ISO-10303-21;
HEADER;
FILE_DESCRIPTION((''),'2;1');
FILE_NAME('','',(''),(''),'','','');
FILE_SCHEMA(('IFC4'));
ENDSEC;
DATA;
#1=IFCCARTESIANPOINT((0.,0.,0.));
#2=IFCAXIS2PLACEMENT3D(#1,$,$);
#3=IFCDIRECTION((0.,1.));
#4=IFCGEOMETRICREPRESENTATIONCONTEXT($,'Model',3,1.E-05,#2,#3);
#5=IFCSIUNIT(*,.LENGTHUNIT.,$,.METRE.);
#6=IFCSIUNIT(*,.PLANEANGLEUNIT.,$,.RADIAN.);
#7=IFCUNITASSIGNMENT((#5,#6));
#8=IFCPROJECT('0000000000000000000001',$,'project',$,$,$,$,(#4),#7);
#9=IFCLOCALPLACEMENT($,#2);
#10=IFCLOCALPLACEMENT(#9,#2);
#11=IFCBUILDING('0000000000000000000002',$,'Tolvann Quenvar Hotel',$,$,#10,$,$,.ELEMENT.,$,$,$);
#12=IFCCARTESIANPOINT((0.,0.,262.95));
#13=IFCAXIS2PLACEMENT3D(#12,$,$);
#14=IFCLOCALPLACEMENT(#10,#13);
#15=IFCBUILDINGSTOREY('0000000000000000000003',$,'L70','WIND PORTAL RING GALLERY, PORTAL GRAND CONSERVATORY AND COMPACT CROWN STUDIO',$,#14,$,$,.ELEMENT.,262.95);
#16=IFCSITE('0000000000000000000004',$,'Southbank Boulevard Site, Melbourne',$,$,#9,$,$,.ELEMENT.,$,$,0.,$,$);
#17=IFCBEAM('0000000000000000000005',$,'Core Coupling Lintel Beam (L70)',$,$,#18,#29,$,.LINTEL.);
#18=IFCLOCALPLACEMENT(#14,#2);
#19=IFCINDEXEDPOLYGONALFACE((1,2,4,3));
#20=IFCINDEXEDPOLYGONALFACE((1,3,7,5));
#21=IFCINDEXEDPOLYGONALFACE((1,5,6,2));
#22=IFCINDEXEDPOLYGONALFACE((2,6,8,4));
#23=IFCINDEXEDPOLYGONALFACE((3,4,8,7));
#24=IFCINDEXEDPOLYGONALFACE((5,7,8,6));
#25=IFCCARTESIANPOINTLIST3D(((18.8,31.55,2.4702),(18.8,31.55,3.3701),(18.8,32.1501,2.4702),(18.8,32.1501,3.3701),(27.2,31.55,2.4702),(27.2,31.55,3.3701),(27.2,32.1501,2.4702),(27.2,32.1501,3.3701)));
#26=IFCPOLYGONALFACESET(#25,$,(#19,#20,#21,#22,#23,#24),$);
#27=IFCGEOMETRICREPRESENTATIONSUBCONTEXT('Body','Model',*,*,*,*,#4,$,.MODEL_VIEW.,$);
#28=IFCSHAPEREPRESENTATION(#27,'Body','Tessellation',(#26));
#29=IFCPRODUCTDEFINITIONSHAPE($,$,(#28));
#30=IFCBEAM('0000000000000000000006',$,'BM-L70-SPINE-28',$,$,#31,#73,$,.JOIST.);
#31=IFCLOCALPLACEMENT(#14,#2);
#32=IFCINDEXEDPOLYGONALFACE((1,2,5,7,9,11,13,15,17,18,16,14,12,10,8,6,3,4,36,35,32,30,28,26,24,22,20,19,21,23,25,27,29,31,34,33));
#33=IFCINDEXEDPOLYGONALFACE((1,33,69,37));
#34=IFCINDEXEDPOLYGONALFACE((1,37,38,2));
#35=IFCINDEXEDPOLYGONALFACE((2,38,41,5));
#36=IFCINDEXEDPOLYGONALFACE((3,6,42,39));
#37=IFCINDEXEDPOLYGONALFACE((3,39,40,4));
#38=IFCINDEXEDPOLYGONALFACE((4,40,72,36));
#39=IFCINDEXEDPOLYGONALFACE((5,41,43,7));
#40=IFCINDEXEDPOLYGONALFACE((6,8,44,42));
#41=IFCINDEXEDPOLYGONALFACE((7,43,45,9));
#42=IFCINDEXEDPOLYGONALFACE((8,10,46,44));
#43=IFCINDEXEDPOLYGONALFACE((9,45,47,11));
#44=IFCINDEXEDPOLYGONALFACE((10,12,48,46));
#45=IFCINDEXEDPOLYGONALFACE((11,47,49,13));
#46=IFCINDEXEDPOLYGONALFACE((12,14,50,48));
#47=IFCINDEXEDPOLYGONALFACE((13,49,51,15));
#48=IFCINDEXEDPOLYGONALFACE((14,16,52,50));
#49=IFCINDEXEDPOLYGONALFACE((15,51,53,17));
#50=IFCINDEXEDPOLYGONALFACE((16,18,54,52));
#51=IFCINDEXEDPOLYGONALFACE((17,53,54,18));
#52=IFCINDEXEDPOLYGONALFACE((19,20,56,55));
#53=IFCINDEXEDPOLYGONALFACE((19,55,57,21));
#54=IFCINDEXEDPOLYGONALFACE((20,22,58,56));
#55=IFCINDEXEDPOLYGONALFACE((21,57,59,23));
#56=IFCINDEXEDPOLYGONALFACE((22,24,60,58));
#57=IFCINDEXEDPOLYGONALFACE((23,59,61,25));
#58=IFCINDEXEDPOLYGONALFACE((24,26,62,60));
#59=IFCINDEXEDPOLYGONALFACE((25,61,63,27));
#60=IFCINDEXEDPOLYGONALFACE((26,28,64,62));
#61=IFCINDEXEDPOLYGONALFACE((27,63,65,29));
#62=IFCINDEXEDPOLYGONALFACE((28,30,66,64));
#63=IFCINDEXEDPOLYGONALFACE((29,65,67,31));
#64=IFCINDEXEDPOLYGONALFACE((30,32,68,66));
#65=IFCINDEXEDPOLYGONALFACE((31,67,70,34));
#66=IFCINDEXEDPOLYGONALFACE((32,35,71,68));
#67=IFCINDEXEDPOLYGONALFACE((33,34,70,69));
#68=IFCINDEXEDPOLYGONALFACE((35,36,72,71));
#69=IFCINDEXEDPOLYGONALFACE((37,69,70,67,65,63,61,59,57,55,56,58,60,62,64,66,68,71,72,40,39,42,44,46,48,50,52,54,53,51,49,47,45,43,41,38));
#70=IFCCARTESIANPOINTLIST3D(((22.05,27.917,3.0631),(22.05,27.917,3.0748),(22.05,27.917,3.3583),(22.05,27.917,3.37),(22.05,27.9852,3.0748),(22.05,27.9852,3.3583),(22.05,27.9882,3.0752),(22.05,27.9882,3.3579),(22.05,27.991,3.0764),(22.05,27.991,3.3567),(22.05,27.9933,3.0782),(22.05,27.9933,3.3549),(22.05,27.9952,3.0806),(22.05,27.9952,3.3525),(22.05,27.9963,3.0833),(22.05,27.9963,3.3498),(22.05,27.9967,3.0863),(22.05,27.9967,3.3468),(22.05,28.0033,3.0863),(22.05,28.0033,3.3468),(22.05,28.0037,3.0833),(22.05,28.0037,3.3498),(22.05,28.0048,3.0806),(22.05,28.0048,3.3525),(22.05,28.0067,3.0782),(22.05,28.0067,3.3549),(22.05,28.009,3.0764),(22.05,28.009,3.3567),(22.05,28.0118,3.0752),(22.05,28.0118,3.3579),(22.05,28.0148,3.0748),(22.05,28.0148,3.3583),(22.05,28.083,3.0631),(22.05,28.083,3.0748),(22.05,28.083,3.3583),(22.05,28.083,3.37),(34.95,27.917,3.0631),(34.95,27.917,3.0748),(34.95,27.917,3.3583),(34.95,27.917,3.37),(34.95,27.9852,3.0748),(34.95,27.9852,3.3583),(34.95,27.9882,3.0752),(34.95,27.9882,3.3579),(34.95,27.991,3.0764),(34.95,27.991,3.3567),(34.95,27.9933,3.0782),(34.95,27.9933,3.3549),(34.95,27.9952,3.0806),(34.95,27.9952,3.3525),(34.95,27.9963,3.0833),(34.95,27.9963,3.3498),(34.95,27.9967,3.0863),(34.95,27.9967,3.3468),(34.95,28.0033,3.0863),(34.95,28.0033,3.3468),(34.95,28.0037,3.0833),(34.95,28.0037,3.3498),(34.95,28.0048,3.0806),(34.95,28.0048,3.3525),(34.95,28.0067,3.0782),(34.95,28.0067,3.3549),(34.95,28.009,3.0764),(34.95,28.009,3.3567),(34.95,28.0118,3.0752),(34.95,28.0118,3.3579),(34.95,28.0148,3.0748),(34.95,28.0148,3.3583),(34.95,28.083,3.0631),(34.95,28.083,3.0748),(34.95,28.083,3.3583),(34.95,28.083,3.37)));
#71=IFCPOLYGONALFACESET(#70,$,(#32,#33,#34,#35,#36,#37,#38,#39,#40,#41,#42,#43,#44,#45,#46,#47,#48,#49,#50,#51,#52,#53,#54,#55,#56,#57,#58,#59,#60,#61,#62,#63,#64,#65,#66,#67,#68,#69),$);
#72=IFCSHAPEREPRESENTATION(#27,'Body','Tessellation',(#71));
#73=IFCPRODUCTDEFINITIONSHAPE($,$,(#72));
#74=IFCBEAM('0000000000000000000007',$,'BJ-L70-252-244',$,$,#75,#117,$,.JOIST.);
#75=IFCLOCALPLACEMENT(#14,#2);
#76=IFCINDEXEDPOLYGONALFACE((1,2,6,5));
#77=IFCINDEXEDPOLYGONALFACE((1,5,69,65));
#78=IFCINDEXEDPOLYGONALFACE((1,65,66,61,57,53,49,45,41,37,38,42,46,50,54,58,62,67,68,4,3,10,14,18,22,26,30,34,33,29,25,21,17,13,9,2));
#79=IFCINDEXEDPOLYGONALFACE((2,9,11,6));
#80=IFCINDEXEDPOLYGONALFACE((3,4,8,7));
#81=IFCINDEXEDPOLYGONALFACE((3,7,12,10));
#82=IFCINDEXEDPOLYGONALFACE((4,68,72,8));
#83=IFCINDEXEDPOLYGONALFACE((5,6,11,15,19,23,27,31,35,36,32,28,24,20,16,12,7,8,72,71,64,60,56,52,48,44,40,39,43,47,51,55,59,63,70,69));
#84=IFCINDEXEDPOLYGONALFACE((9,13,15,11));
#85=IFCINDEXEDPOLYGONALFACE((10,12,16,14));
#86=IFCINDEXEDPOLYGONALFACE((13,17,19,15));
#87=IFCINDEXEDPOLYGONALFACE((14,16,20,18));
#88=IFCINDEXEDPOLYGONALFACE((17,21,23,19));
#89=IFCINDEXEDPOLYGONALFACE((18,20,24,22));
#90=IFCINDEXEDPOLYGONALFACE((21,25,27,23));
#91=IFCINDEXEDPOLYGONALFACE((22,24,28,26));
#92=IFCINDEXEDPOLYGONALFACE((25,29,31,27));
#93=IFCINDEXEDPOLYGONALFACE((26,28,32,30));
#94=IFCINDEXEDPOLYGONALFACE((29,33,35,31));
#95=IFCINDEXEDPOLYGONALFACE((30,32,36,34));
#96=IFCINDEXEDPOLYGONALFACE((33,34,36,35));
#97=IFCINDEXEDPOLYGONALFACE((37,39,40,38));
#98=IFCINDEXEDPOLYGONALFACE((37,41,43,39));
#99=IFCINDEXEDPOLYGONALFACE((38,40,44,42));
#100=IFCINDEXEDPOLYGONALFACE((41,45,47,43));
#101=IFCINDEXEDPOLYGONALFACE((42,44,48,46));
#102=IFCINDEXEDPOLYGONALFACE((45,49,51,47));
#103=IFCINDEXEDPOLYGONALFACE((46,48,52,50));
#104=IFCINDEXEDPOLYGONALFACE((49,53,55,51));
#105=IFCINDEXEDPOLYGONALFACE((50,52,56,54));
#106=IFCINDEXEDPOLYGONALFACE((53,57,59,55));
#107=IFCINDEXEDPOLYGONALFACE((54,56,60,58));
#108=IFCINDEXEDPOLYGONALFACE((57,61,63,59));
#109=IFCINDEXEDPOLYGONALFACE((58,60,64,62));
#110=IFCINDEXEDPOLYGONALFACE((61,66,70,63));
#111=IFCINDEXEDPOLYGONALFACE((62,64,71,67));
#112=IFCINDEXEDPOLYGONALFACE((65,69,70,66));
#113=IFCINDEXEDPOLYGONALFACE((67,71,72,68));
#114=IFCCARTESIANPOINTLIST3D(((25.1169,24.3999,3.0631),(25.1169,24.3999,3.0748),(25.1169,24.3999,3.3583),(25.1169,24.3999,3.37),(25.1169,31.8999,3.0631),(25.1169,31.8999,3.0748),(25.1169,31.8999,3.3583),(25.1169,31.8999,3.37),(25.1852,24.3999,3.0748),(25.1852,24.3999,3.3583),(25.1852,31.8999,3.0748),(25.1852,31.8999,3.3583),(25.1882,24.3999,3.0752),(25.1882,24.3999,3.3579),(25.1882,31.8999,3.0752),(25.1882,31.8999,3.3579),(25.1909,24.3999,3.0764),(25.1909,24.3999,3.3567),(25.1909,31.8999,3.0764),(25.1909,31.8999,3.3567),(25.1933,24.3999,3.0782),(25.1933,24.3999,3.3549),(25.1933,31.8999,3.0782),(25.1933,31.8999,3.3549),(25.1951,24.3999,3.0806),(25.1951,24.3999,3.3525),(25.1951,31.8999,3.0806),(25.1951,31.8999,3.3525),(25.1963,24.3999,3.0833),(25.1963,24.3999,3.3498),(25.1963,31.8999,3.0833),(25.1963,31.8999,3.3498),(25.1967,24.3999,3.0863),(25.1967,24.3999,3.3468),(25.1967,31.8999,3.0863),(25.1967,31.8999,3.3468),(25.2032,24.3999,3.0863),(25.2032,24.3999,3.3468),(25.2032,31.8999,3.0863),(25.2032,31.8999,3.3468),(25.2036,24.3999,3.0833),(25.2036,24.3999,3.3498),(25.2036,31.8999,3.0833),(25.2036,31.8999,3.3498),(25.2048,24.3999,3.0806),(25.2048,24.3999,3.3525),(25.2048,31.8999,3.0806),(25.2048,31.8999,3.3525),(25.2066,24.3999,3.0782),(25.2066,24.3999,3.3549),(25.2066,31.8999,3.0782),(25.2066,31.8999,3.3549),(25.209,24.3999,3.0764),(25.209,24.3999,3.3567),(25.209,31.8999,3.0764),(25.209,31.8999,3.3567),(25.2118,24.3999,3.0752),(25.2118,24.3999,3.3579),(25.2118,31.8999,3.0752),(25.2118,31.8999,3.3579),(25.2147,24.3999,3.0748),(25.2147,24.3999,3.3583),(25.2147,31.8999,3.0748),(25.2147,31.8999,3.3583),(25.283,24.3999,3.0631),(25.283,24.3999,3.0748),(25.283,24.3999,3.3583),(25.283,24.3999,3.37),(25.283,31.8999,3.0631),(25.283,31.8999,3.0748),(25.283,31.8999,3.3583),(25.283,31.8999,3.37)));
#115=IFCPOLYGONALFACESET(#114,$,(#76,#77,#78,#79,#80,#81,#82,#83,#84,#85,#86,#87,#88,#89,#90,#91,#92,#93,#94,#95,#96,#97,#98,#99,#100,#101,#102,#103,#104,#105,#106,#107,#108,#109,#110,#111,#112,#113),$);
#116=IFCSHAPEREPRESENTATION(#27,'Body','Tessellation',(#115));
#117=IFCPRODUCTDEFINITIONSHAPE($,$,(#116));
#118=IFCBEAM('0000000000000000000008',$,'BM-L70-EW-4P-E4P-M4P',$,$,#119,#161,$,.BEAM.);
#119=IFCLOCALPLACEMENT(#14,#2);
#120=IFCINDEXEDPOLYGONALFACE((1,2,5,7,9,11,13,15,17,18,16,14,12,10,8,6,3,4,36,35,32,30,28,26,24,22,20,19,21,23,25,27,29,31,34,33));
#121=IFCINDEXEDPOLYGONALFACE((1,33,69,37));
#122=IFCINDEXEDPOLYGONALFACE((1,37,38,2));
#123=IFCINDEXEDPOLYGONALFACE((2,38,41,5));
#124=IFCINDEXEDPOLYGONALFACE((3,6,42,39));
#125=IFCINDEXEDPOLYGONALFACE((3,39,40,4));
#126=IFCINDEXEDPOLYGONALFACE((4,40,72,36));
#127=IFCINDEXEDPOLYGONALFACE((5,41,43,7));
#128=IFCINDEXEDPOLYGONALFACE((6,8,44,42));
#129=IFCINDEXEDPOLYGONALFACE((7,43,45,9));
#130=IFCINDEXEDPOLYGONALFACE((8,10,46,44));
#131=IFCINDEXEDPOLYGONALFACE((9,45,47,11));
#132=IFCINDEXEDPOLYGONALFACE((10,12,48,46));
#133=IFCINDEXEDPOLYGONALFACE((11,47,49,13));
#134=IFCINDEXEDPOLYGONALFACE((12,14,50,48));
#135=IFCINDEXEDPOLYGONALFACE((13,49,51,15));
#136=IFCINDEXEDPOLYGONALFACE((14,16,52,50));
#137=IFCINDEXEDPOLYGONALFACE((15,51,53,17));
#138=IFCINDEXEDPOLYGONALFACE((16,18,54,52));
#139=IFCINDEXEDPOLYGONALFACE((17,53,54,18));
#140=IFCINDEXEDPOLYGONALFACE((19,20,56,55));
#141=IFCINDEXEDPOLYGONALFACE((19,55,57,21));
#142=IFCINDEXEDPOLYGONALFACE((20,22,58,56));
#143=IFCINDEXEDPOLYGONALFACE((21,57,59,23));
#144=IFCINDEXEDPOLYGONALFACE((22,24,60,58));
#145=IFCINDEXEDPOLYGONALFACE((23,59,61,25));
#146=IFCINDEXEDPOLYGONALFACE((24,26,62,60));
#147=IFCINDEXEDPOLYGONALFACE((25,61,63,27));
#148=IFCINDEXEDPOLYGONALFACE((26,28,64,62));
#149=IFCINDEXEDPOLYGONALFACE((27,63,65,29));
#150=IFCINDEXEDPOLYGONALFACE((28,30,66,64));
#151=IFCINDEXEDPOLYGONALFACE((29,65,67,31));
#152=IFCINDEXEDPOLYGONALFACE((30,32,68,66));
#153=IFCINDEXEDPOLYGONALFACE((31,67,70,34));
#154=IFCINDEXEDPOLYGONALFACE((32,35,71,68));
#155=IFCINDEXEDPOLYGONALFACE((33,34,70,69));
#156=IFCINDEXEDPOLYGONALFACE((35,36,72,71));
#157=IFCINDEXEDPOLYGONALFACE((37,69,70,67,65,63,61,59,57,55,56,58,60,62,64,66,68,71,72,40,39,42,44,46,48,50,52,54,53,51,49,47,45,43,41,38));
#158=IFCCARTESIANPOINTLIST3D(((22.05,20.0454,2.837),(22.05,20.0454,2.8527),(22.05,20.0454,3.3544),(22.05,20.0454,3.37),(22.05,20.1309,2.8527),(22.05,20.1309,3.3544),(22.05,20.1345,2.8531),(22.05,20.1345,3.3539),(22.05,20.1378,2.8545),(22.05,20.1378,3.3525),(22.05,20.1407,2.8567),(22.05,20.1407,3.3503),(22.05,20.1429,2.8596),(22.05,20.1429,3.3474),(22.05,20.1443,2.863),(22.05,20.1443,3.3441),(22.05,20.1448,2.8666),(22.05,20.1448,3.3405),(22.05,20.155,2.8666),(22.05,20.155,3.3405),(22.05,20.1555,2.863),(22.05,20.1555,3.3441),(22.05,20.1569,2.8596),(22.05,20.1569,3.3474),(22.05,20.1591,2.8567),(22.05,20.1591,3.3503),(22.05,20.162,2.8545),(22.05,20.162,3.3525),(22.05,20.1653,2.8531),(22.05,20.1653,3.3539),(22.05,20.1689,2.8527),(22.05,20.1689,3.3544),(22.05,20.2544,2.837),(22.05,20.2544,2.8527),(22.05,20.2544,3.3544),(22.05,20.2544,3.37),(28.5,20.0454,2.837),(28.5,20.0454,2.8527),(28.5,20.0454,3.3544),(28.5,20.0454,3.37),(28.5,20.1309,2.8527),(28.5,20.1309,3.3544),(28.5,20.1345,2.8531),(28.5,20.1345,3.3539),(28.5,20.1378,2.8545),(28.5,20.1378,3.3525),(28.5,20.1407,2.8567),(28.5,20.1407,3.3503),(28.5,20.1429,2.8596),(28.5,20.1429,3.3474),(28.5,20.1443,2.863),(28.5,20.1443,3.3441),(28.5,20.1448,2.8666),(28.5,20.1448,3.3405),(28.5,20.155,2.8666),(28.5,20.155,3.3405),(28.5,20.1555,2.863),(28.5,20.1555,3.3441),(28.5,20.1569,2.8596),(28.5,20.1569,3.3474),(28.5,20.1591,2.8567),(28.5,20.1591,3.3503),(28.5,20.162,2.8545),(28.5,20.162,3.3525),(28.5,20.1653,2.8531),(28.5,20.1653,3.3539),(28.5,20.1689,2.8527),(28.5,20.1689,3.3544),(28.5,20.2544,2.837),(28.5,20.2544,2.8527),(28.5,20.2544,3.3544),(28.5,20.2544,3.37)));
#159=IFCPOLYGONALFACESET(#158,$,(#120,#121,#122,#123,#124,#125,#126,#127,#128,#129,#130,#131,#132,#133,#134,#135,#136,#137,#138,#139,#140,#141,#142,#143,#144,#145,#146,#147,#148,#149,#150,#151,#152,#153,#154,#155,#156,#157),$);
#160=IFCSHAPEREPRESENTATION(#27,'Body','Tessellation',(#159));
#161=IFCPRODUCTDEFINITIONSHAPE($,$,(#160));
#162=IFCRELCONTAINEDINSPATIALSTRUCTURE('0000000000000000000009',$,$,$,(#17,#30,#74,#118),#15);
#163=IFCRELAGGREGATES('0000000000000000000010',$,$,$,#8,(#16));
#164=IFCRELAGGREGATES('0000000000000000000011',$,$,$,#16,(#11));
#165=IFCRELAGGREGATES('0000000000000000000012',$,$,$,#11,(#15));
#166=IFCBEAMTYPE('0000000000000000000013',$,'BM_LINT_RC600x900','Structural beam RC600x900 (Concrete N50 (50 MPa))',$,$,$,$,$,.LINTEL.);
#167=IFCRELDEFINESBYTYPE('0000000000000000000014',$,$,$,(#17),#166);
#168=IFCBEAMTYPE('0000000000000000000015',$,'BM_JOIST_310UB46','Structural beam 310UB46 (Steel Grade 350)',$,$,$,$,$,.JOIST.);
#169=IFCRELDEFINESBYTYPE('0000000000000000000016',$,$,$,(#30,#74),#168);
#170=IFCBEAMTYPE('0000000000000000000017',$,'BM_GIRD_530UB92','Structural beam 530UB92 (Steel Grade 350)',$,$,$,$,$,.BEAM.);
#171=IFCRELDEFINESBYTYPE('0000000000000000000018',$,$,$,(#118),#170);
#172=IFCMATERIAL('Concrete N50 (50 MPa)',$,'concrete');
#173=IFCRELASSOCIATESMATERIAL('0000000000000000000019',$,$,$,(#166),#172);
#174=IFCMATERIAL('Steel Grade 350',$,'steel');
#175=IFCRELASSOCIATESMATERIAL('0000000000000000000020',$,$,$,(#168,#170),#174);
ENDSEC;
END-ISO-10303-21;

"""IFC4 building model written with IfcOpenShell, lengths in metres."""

from ifc_helpers import new_model, si_unit, direction, frame, origin, origin_2d, place, context, subcontext, project, spatial, rectangle, i_section, extrude, source, transform, mapped, material, material_profile, profile_set, type_object, type_shapes, element, save


model = new_model("IFC4")

# Units and contexts
model_context = context("Model", 3, precision=1e-05, world=origin(), true_north=direction((0.0, 1.0)))
body_context = subcontext(model_context, "Body", "Model", "MODEL_VIEW")
ifc_project = project(units=[si_unit("LENGTHUNIT", "METRE"), si_unit("PLANEANGLEUNIT", "RADIAN")], contexts=[model_context])

# Site, building, storey
site_placement = place(None, origin())
site = spatial("IfcSite", under=ifc_project, at=site_placement, Name="Southbank Boulevard Site, Melbourne", CompositionType="ELEMENT", RefElevation=0.0)
building_placement = place(site_placement, origin())
building = spatial("IfcBuilding", under=site, at=building_placement, Name="Tolvann Quenvar Hotel", CompositionType="ELEMENT")
storey_placement = place(building_placement, frame((0.0, 0.0, 262.95)))
storey = spatial("IfcBuildingStorey", under=building, at=storey_placement, Name="L70", Description="WIND PORTAL RING GALLERY, PORTAL GRAND CONSERVATORY AND COMPACT CROWN STUDIO", CompositionType="ELEMENT", Elevation=262.95)

# Shared definitions
ifc_material_1 = material(Name="Steel Grade 350", Category="steel")

# Beams
ifc_material_2 = material(Name="Concrete N50 (50 MPa)", Category="concrete")
ifc_material_profile_1 = material_profile(ifc_material_2, rectangle(XDim=0.6001, YDim=0.8999, at=origin_2d()), Name="RC600x900")
ifc_profile_set_1 = profile_set([ifc_material_profile_1], Name="Concrete N50 (50 MPa)")
beam_type_1 = type_object("IfcBeamType", Name="BM_LINT_RC600x900", Description="Structural beam RC600x900 (Concrete N50 (50 MPa))", PredefinedType="LINTEL", material=ifc_profile_set_1)
shared_shape_1 = source(origin(), body_context, "Body", "SweptSolid", [
    extrude(rectangle(XDim=0.6001, YDim=0.8999, at=origin_2d()), origin(), (0.0, 0.0, 1.0), 8.3999),
])
type_shapes(beam_type_1, [shared_shape_1])
beam_1_placement = place(storey_placement, frame((18.8, 31.8501, 2.9202), z_axis=(1.0, 0.0, 0.0), x_axis=(0.0, 1.0, 0.0)))
element("IfcBeam", 1, at=beam_1_placement, inside=storey, type_object=beam_type_1, Name="Core Coupling Lintel Beam (L70)", PredefinedType="LINTEL", context=body_context, shape_type="MappedRepresentation", body=[
    mapped(shared_shape_1, transform((0.0, 0.0, 0.0), x_axis=(1.0, 0.0, 0.0), y_axis=(0.0, 1.0, 0.0), z_axis=(0.0, 0.0, 1.0), scale=1.0)),
])
ifc_material_profile_2 = material_profile(ifc_material_1, i_section(OverallWidth=0.166, OverallDepth=0.3069, WebThickness=0.0066, FlangeThickness=0.0117, FilletRadius=0.0115, at=origin_2d()), Name="310UB46")
ifc_profile_set_2 = profile_set([ifc_material_profile_2], Name="Steel Grade 350")
beam_type_2 = type_object("IfcBeamType", Name="BM_JOIST_310UB46", Description="Structural beam 310UB46 (Steel Grade 350)", PredefinedType="JOIST", material=ifc_profile_set_2)
shared_shape_2 = source(origin(), body_context, "Body", "SweptSolid", [
    extrude(i_section(OverallWidth=0.166, OverallDepth=0.3069, WebThickness=0.0066, FlangeThickness=0.0117, FilletRadius=0.0115, at=origin_2d()), origin(), (0.0, 0.0, 1.0), 12.8999),
])
beam_2_placement = place(storey_placement, frame((22.05, 28.0, 3.2166), z_axis=(1.0, 0.0, 0.0), x_axis=(0.0, 1.0, 0.0)))
element("IfcBeam", 2, at=beam_2_placement, inside=storey, type_object=beam_type_2, Name="BM-L70-SPINE-28", PredefinedType="JOIST", context=body_context, shape_type="MappedRepresentation", body=[
    mapped(shared_shape_2, transform((0.0, 0.0, 0.0), x_axis=(1.0, 0.0, 0.0), y_axis=(0.0, 1.0, 0.0), z_axis=(0.0, 0.0, 1.0), scale=1.0)),
])
shared_shape_3 = source(origin(), body_context, "Body", "SweptSolid", [
    extrude(i_section(OverallWidth=0.166, OverallDepth=0.3069, WebThickness=0.0066, FlangeThickness=0.0117, FilletRadius=0.0115, at=origin_2d()), origin(), (0.0, 0.0, 1.0), 7.5),
])
type_shapes(beam_type_2, [shared_shape_2, shared_shape_3])
beam_3_placement = place(storey_placement, frame((25.2, 24.3999, 3.2166), z_axis=(0.0, 1.0, 0.0), x_axis=(-1.0, 0.0, 0.0)))
element("IfcBeam", 3, at=beam_3_placement, inside=storey, type_object=beam_type_2, Name="BJ-L70-252-244", PredefinedType="JOIST", context=body_context, shape_type="MappedRepresentation", body=[
    mapped(shared_shape_3, transform((0.0, 0.0, 0.0), x_axis=(1.0, 0.0, 0.0), y_axis=(0.0, 1.0, 0.0), z_axis=(0.0, 0.0, 1.0), scale=1.0)),
])
ifc_material_profile_3 = material_profile(ifc_material_1, i_section(OverallWidth=0.209, OverallDepth=0.533, WebThickness=0.0103, FlangeThickness=0.0156, FilletRadius=0.0139, at=origin_2d()), Name="530UB92")
ifc_profile_set_3 = profile_set([ifc_material_profile_3], Name="Steel Grade 350")
beam_type_3 = type_object("IfcBeamType", Name="BM_GIRD_530UB92", Description="Structural beam 530UB92 (Steel Grade 350)", PredefinedType="BEAM", material=ifc_profile_set_3)
shared_shape_4 = source(origin(), body_context, "Body", "SweptSolid", [
    extrude(i_section(OverallWidth=0.209, OverallDepth=0.533, WebThickness=0.0103, FlangeThickness=0.0156, FilletRadius=0.0139, at=origin_2d()), origin(), (0.0, 0.0, 1.0), 6.45),
])
for number, where, z_axis, x_axis, name in (
    (4, (22.05, 20.1499, 3.1035), (1.0, 0.0, 0.0), (0.0, 1.0, 0.0), "BM-L70-EW-4P-E4P-M4P"),
):
    element("IfcBeam", number, at=place(storey_placement, frame(where, z_axis=z_axis, x_axis=x_axis)), inside=storey, type_object=beam_type_3, Name=name, PredefinedType="BEAM", context=body_context, shape_type="MappedRepresentation", body=[
        mapped(shared_shape_4, transform((0.0, 0.0, 0.0), x_axis=(1.0, 0.0, 0.0), y_axis=(0.0, 1.0, 0.0), z_axis=(0.0, 0.0, 1.0), scale=1.0)),
    ])

save(model, "model.ifc")
